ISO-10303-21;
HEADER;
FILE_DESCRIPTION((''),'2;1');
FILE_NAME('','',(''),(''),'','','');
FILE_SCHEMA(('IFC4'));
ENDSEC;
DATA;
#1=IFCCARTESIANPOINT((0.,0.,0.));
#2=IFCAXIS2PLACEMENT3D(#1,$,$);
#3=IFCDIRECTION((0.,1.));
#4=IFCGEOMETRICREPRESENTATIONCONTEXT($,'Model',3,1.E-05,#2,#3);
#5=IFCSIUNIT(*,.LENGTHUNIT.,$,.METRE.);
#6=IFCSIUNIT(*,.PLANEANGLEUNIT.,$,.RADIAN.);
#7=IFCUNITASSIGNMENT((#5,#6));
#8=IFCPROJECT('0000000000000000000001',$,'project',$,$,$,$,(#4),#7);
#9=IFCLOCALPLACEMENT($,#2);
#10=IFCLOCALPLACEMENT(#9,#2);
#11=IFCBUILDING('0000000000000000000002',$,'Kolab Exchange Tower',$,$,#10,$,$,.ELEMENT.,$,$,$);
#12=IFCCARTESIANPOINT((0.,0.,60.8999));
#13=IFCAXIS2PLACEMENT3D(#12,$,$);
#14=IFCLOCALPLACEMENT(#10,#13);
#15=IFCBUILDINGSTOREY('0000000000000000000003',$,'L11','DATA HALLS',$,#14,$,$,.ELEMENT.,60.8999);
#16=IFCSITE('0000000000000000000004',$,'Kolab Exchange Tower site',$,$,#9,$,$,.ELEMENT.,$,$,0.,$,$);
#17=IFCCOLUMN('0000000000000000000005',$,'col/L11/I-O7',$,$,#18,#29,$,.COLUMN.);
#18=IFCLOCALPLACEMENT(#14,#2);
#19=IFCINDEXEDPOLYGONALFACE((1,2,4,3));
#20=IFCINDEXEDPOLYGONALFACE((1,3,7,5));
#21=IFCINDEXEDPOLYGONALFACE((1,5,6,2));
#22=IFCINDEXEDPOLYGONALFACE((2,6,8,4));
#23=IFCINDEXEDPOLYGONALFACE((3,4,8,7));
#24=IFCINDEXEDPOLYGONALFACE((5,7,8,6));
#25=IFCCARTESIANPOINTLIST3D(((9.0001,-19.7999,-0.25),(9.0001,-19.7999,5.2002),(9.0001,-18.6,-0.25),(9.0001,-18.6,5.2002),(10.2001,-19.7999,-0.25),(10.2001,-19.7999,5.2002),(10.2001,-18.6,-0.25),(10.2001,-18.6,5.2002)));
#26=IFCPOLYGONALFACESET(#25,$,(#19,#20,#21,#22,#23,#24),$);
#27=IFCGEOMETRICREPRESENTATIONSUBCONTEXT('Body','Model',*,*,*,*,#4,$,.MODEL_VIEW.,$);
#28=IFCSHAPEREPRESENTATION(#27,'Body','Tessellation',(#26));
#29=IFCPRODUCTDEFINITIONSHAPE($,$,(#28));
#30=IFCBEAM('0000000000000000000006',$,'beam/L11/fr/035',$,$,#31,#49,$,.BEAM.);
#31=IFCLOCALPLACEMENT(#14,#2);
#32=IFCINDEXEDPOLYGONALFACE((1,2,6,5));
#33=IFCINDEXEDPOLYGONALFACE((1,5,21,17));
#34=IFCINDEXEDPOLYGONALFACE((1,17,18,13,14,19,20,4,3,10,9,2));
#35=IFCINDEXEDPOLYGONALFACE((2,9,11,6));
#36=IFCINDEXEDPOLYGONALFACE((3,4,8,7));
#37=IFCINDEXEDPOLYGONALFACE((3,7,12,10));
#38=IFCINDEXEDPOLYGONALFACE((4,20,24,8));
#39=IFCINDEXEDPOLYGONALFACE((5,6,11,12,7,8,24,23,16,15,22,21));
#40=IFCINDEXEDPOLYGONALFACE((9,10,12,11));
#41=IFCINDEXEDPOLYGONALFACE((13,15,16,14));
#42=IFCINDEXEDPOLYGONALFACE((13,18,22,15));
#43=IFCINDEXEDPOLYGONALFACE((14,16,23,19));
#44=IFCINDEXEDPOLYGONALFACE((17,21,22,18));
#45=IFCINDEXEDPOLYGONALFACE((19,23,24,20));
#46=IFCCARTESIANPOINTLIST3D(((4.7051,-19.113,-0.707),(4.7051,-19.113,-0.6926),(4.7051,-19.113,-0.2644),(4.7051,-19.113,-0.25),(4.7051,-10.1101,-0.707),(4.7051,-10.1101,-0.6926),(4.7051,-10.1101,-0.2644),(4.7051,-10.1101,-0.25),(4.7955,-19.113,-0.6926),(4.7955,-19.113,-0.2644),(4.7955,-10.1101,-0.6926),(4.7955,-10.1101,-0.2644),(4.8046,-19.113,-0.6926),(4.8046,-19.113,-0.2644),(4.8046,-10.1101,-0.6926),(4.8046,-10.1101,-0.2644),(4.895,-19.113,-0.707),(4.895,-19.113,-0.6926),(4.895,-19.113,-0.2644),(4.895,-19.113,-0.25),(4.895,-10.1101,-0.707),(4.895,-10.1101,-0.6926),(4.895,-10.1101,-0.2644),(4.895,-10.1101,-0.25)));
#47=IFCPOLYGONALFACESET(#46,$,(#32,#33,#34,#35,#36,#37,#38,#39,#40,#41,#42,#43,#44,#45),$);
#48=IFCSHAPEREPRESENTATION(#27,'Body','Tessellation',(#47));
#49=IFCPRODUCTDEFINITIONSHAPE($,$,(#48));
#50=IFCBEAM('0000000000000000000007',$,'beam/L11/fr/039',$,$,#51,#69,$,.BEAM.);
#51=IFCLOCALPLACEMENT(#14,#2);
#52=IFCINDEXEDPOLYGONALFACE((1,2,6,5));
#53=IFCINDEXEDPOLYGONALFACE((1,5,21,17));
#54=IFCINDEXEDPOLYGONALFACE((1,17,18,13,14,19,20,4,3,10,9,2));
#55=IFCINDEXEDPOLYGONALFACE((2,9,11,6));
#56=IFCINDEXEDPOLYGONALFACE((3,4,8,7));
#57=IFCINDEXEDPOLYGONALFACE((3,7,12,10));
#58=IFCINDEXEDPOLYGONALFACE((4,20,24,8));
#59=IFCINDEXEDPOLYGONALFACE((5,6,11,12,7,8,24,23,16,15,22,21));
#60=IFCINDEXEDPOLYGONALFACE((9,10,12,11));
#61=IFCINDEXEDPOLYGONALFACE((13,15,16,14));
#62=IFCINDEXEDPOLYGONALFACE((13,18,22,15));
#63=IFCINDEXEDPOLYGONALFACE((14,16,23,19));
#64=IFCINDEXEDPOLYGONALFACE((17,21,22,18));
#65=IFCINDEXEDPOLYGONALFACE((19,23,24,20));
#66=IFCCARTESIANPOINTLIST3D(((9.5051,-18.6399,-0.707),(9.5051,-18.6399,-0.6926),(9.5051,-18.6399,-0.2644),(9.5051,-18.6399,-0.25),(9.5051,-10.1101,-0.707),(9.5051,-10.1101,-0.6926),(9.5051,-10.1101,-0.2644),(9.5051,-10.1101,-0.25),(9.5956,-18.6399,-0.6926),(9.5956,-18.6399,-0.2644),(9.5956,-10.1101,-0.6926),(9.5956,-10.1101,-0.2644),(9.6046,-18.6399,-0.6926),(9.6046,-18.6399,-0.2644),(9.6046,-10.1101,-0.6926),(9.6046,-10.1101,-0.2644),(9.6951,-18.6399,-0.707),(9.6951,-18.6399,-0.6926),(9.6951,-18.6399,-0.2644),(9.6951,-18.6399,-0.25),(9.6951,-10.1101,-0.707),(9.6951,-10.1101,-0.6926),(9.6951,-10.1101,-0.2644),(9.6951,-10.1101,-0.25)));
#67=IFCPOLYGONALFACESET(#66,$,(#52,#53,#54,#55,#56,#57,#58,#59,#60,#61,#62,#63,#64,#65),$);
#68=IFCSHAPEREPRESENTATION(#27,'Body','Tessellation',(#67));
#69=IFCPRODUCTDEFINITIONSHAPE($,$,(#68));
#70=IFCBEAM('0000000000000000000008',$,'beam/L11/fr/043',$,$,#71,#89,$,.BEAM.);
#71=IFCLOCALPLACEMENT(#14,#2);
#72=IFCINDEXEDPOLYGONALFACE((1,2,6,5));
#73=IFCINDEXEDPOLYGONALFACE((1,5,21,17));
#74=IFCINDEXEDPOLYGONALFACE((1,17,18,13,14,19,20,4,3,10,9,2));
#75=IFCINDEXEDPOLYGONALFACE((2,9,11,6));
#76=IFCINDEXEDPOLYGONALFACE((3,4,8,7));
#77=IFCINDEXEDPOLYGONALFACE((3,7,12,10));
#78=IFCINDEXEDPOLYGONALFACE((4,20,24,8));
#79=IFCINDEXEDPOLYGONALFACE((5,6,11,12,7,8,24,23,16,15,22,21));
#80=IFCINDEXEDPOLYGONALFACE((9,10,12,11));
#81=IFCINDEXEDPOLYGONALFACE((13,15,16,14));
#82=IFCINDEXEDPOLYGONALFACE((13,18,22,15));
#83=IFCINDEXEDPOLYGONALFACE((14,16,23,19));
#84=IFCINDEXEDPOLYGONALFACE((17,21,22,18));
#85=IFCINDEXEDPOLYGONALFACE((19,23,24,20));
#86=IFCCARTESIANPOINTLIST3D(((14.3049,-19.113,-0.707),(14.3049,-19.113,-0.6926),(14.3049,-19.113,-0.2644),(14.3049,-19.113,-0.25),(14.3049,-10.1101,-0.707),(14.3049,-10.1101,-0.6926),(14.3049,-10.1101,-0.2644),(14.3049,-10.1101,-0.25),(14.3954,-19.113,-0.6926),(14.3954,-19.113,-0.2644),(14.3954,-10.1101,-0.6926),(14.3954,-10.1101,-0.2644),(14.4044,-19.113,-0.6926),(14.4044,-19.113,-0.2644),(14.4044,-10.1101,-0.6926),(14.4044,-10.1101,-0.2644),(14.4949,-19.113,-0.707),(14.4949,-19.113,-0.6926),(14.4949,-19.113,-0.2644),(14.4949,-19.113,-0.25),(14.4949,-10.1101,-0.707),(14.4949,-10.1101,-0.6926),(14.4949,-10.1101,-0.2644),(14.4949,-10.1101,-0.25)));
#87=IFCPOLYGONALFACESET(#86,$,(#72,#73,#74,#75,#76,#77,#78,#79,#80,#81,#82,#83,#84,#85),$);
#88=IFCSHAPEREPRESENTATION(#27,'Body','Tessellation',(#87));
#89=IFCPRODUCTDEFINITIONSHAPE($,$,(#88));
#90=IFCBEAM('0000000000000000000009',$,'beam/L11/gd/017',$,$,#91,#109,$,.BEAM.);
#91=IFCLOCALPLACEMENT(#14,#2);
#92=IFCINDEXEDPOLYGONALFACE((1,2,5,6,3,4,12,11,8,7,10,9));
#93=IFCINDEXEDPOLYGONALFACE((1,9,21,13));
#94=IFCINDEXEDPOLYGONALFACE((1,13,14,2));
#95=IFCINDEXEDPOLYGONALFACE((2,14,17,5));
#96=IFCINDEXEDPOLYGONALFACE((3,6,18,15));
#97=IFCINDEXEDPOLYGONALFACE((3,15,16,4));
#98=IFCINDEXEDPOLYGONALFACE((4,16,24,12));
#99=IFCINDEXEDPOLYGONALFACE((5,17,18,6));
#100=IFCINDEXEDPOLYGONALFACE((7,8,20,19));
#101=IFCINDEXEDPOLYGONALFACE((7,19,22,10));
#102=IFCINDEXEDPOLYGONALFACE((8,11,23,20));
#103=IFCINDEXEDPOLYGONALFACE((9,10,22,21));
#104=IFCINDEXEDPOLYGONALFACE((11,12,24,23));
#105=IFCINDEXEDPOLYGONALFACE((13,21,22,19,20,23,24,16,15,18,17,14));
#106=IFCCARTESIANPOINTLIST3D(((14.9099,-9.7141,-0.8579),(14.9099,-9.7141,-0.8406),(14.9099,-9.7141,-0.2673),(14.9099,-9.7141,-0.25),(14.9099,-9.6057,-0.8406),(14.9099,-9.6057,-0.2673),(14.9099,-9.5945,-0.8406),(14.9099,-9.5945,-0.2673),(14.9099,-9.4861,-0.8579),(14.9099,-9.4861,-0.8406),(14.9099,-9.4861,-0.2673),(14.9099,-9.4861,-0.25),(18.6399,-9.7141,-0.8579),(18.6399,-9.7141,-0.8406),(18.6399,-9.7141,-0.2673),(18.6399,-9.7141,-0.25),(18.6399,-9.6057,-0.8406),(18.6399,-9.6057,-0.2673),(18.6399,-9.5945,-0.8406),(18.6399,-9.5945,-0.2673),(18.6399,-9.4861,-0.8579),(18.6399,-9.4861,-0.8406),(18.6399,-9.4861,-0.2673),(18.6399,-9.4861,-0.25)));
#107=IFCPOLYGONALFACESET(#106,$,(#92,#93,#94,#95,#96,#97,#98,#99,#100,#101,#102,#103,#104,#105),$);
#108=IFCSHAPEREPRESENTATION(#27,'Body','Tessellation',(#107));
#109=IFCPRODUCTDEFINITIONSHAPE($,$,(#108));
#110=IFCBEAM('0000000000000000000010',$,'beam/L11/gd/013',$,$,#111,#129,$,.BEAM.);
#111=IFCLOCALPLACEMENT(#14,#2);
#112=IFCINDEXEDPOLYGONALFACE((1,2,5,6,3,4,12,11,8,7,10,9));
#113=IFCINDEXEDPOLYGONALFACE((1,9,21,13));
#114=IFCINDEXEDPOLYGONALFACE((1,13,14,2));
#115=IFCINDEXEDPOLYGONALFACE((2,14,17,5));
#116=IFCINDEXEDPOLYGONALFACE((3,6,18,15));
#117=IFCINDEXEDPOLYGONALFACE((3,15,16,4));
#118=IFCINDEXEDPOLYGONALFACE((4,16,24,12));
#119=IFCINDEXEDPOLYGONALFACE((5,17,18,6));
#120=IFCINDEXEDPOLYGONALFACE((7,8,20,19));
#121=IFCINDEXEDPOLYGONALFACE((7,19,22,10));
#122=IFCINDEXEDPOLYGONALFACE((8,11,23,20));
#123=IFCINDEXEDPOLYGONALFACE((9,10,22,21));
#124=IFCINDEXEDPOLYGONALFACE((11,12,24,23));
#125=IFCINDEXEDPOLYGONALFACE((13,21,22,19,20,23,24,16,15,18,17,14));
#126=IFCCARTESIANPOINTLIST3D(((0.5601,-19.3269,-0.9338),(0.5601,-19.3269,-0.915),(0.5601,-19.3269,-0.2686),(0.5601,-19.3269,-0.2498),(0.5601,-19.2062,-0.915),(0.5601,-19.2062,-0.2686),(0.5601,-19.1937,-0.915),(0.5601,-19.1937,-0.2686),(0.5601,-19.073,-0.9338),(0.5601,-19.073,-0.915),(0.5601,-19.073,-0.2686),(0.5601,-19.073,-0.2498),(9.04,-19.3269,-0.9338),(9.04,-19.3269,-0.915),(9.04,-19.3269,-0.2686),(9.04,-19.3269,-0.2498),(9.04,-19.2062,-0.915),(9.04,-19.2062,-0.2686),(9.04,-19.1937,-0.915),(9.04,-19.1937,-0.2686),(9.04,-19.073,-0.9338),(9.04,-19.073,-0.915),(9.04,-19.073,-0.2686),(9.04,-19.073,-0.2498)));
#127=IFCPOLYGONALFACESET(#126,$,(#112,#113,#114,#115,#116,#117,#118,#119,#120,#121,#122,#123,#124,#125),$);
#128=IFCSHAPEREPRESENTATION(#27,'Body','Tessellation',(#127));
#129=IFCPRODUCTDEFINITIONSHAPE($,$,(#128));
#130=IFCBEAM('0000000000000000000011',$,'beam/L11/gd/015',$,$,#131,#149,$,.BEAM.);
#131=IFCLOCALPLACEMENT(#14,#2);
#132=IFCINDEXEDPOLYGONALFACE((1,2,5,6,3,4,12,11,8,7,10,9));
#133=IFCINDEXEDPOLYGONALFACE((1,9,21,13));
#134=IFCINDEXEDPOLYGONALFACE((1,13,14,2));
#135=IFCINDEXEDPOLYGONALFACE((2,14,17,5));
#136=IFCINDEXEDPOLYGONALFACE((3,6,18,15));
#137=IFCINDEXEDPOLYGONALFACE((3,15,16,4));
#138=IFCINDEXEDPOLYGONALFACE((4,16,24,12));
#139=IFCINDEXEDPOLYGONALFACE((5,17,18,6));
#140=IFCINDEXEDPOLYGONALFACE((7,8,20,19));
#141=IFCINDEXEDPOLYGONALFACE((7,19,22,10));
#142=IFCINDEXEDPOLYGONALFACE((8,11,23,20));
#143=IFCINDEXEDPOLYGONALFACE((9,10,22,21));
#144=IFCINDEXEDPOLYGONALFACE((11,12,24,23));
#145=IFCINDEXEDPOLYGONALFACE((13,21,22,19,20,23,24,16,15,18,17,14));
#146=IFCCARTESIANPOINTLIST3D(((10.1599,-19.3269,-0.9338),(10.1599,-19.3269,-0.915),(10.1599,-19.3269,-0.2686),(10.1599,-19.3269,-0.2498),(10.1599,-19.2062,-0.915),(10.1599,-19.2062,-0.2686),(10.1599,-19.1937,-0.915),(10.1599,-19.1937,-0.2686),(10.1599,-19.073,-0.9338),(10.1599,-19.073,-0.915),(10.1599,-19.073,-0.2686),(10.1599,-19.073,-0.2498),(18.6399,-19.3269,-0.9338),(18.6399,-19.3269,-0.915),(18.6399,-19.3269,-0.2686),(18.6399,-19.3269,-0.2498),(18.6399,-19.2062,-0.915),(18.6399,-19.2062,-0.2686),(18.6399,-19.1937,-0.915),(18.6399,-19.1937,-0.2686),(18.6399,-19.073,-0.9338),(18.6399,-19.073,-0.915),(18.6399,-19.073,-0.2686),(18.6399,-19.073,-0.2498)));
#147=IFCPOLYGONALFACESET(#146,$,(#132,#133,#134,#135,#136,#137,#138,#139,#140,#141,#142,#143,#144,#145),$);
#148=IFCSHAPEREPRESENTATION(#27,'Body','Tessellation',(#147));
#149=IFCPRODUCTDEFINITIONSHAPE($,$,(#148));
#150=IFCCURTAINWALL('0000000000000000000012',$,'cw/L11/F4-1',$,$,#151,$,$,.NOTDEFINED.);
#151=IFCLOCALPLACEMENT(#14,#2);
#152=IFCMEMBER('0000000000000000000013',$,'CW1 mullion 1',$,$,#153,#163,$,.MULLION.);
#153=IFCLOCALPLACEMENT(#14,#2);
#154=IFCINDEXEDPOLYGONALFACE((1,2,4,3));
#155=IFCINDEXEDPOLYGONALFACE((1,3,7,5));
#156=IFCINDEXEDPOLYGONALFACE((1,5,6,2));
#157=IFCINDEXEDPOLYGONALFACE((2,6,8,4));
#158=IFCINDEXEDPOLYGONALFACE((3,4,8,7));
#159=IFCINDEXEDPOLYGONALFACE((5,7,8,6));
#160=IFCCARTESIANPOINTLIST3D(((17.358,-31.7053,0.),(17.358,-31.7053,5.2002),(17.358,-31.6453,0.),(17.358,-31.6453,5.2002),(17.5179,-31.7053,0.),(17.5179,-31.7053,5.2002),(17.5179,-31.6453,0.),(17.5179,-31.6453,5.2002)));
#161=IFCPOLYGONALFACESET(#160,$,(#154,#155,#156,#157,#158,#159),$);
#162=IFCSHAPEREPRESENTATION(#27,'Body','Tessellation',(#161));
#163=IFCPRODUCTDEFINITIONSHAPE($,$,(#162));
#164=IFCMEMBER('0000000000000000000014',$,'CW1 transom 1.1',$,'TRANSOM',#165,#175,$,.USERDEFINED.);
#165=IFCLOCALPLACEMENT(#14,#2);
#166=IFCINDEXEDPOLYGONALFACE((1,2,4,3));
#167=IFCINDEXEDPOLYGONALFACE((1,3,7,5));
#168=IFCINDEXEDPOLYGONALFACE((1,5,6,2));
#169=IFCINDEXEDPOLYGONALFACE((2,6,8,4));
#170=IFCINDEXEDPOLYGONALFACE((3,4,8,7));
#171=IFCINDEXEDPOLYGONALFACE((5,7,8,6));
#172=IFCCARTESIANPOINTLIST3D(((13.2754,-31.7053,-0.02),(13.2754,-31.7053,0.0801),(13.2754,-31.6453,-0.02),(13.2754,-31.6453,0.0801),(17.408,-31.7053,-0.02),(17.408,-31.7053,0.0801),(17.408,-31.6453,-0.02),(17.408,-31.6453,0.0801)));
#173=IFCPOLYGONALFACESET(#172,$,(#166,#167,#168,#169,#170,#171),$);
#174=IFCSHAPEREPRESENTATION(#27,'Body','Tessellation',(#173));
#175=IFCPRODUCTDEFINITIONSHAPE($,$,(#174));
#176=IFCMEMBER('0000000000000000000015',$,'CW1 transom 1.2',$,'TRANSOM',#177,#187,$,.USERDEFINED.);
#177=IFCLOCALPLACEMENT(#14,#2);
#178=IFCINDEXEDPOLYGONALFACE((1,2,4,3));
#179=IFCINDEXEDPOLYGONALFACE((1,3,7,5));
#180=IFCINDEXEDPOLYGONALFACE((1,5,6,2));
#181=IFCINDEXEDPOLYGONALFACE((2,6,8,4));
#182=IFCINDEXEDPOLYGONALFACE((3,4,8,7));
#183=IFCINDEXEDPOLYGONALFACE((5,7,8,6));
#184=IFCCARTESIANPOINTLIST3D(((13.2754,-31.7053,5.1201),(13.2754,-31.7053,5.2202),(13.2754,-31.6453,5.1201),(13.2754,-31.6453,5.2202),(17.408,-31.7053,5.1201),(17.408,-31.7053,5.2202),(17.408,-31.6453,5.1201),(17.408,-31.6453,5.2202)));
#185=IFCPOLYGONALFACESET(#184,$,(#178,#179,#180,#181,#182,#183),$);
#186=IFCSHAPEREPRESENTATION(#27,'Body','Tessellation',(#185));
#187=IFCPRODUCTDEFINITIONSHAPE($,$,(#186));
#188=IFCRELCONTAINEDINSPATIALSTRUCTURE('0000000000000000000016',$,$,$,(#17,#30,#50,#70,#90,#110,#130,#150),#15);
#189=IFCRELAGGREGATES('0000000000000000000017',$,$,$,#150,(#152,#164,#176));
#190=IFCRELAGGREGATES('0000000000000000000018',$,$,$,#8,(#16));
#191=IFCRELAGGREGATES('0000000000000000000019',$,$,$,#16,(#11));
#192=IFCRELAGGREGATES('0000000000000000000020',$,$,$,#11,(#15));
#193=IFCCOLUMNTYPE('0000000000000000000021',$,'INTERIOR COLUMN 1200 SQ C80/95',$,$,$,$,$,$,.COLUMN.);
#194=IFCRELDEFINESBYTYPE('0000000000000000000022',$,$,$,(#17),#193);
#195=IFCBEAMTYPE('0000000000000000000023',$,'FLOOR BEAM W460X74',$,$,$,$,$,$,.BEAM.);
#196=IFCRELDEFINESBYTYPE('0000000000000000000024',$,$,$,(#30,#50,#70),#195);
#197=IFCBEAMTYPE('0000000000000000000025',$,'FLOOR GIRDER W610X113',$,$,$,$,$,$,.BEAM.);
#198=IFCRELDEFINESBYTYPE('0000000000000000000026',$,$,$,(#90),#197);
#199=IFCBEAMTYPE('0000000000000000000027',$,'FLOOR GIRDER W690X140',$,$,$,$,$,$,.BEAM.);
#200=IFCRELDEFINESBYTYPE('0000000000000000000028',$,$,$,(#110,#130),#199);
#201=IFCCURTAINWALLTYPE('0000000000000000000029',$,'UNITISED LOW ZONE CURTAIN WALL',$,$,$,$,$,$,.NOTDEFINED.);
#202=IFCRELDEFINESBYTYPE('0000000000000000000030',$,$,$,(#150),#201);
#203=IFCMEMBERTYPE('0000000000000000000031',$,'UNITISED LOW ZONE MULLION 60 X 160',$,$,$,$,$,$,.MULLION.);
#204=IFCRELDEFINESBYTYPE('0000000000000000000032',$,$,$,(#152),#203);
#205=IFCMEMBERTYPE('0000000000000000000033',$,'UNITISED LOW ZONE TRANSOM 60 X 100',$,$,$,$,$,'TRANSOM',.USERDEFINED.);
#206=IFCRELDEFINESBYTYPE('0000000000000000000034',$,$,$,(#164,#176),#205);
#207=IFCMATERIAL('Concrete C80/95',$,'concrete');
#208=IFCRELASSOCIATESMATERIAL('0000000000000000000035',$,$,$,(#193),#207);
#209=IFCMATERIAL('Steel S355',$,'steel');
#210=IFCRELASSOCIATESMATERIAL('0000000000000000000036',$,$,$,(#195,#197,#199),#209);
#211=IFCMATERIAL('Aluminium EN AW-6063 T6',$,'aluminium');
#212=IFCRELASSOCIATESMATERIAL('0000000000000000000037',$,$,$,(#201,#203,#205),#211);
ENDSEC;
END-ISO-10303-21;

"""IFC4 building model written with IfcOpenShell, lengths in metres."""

from ifc_helpers import new_model, si_unit, direction, frame, origin, origin_2d, place, context, subcontext, project, spatial, rectangle, i_section, extrude, material, material_profile, profile_set, type_object, element, aggregate, save


model = new_model("IFC4")

# Units and contexts
model_context = context("Model", 3, precision=1e-05, world=origin(), true_north=direction((0.0, 1.0)))
body_context = subcontext(model_context, "Body", "Model", "MODEL_VIEW")
ifc_project = project(units=[si_unit("LENGTHUNIT", "METRE"), si_unit("PLANEANGLEUNIT", "RADIAN")], contexts=[model_context])

# Site, building, storey
site_placement = place(None, origin())
site = spatial("IfcSite", under=ifc_project, at=site_placement, Name="Kolab Exchange Tower site", CompositionType="ELEMENT", RefElevation=0.0)
building_placement = place(site_placement, origin())
building = spatial("IfcBuilding", under=site, at=building_placement, Name="Kolab Exchange Tower", CompositionType="ELEMENT")
storey_placement = place(building_placement, frame((0.0, 0.0, 60.8999)))
storey = spatial("IfcBuildingStorey", under=building, at=storey_placement, Name="L11", Description="DATA HALLS", CompositionType="ELEMENT", Elevation=60.8999)

# Column
ifc_material_1 = material(Name="Concrete C80/95", Category="concrete")
ifc_material_profile_1 = material_profile(ifc_material_1, rectangle(XDim=1.2, YDim=1.2, at=origin_2d()), Name="RC1200")
ifc_profile_set_1 = profile_set([ifc_material_profile_1], Name="Concrete C80/95")
column_type = type_object("IfcColumnType", Name="INTERIOR COLUMN 1200 SQ C80/95", PredefinedType="COLUMN", material=ifc_profile_set_1)
column_placement = place(storey_placement, frame((9.6001, -19.2, -0.25), z_axis=(0.0, 0.0, 1.0), x_axis=(1.0, 0.0, 0.0)))
element("IfcColumn", 1, at=column_placement, inside=storey, type_object=column_type, Name="col/L11/I-O7", PredefinedType="COLUMN", context=body_context, shape_type="SweptSolid", body=[
    extrude(rectangle(XDim=1.2, YDim=1.2, at=origin_2d()), origin(), (0.0, 0.0, 1.0), 5.4502),
])

# Beams
ifc_material_2 = material(Name="Steel S355", Category="steel")
ifc_material_profile_2 = material_profile(ifc_material_2, i_section(OverallWidth=0.1899, OverallDepth=0.457, WebThickness=0.009, FlangeThickness=0.0144, at=origin_2d()), Name="W460X74")
ifc_profile_set_2 = profile_set([ifc_material_profile_2], Name="Steel S355")
beam_type_1 = type_object("IfcBeamType", Name="FLOOR BEAM W460X74", PredefinedType="BEAM", material=ifc_profile_set_2)
beam_1_placement = place(storey_placement, frame((4.8, -19.113, -0.4785), z_axis=(0.0, 1.0, 0.0), x_axis=(-1.0, 0.0, 0.0)))
element("IfcBeam", 2, at=beam_1_placement, inside=storey, type_object=beam_type_1, Name="beam/L11/fr/035", PredefinedType="BEAM", context=body_context, shape_type="SweptSolid", body=[
    extrude(i_section(OverallWidth=0.1899, OverallDepth=0.457, WebThickness=0.009, FlangeThickness=0.0144, at=origin_2d()), origin(), (0.0, 0.0, 1.0), 9.0029),
])
beam_2_placement = place(storey_placement, frame((9.6001, -18.6399, -0.4785), z_axis=(0.0, 1.0, 0.0), x_axis=(-1.0, 0.0, 0.0)))
element("IfcBeam", 3, at=beam_2_placement, inside=storey, type_object=beam_type_1, Name="beam/L11/fr/039", PredefinedType="BEAM", context=body_context, shape_type="SweptSolid", body=[
    extrude(i_section(OverallWidth=0.1899, OverallDepth=0.457, WebThickness=0.009, FlangeThickness=0.0144, at=origin_2d()), origin(), (0.0, 0.0, 1.0), 8.5298),
])
beam_3_placement = place(storey_placement, frame((14.3999, -19.113, -0.4785), z_axis=(0.0, 1.0, 0.0), x_axis=(-1.0, 0.0, 0.0)))
element("IfcBeam", 4, at=beam_3_placement, inside=storey, type_object=beam_type_1, Name="beam/L11/fr/043", PredefinedType="BEAM", context=body_context, shape_type="SweptSolid", body=[
    extrude(i_section(OverallWidth=0.1899, OverallDepth=0.457, WebThickness=0.009, FlangeThickness=0.0144, at=origin_2d()), origin(), (0.0, 0.0, 1.0), 9.0029),
])
ifc_material_profile_3 = material_profile(ifc_material_2, i_section(OverallWidth=0.228, OverallDepth=0.6079, WebThickness=0.0112, FlangeThickness=0.0173, at=origin_2d()), Name="W610X113")
ifc_profile_set_3 = profile_set([ifc_material_profile_3], Name="Steel S355")
beam_type_2 = type_object("IfcBeamType", Name="FLOOR GIRDER W610X113", PredefinedType="BEAM", material=ifc_profile_set_3)
beam_4_placement = place(storey_placement, frame((14.9099, -9.6001, -0.554), z_axis=(1.0, 0.0, 0.0), x_axis=(0.0, 1.0, 0.0)))
element("IfcBeam", 5, at=beam_4_placement, inside=storey, type_object=beam_type_2, Name="beam/L11/gd/017", PredefinedType="BEAM", context=body_context, shape_type="SweptSolid", body=[
    extrude(i_section(OverallWidth=0.228, OverallDepth=0.6079, WebThickness=0.0112, FlangeThickness=0.0173, at=origin_2d()), origin(), (0.0, 0.0, 1.0), 3.73),
])
ifc_material_profile_4 = material_profile(ifc_material_2, i_section(OverallWidth=0.2539, OverallDepth=0.6841, WebThickness=0.0125, FlangeThickness=0.0188, at=origin_2d()), Name="W690X140")
ifc_profile_set_4 = profile_set([ifc_material_profile_4], Name="Steel S355")
beam_type_3 = type_object("IfcBeamType", Name="FLOOR GIRDER W690X140", PredefinedType="BEAM", material=ifc_profile_set_4)
for number, where, z_axis, x_axis, name in (
    (6, (0.5601, -19.2, -0.5918), (1.0, 0.0, 0.0), (0.0, 1.0, 0.0), "beam/L11/gd/013"),
    (7, (10.1599, -19.2, -0.5918), (1.0, 0.0, 0.0), (0.0, 1.0, 0.0), "beam/L11/gd/015"),
):
    element("IfcBeam", number, at=place(storey_placement, frame(where, z_axis=z_axis, x_axis=x_axis)), inside=storey, type_object=beam_type_3, Name=name, PredefinedType="BEAM", context=body_context, shape_type="SweptSolid", body=[
        extrude(i_section(OverallWidth=0.2539, OverallDepth=0.6841, WebThickness=0.0125, FlangeThickness=0.0188, at=origin_2d()), origin(), (0.0, 0.0, 1.0), 8.48),
    ])

# Curtain wall, members
ifc_material_3 = material(Name="Aluminium EN AW-6063 T6", Category="aluminium")
curtain_wall_type = type_object("IfcCurtainWallType", Name="UNITISED LOW ZONE CURTAIN WALL", PredefinedType="NOTDEFINED", material=ifc_material_3)
curtain_wall_placement = place(storey_placement, origin())
curtain_wall = element("IfcCurtainWall", 8, at=curtain_wall_placement, inside=storey, type_object=curtain_wall_type, Name="cw/L11/F4-1", PredefinedType="NOTDEFINED")
ifc_material_profile_5 = material_profile(ifc_material_3, rectangle(XDim=0.0601, YDim=0.1599, at=origin_2d()), Name="RECT 60X160")
ifc_profile_set_5 = profile_set([ifc_material_profile_5], Name="Aluminium EN AW-6063 T6")
member_type_1 = type_object("IfcMemberType", Name="UNITISED LOW ZONE MULLION 60 X 160", PredefinedType="MULLION", material=ifc_profile_set_5)
member_1_placement = place(storey_placement, frame((17.438, -31.6753, 0.0), z_axis=(0.0, 0.0, 1.0), x_axis=(0.0, -1.0, 0.0)))
member_1 = element("IfcMember", 9, at=member_1_placement, type_object=member_type_1, Name="CW1 mullion 1", PredefinedType="MULLION", context=body_context, shape_type="SweptSolid", body=[
    extrude(rectangle(XDim=0.0601, YDim=0.1599, at=origin_2d()), origin(), (0.0, 0.0, 1.0), 5.2002),
])
ifc_material_profile_6 = material_profile(ifc_material_3, rectangle(XDim=0.0601, YDim=0.1001, at=origin_2d()), Name="RECT 60X100")
ifc_profile_set_6 = profile_set([ifc_material_profile_6], Name="Aluminium EN AW-6063 T6")
member_type_2 = type_object("IfcMemberType", Name="UNITISED LOW ZONE TRANSOM 60 X 100", ElementType="TRANSOM", PredefinedType="USERDEFINED", material=ifc_profile_set_6)
member_2_placement = place(storey_placement, frame((17.408, -31.6753, 0.03), z_axis=(-1.0, 0.0, 0.0), x_axis=(0.0, -1.0, 0.0)))
member_2 = element("IfcMember", 10, at=member_2_placement, type_object=member_type_2, Name="CW1 transom 1.1", ObjectType="TRANSOM", PredefinedType="USERDEFINED", context=body_context, shape_type="SweptSolid", body=[
    extrude(rectangle(XDim=0.0601, YDim=0.1001, at=origin_2d()), origin(), (0.0, 0.0, 1.0), 4.1326),
])
member_3_placement = place(storey_placement, frame((17.408, -31.6753, 5.1702), z_axis=(-1.0, 0.0, 0.0), x_axis=(0.0, -1.0, 0.0)))
member_3 = element("IfcMember", 11, at=member_3_placement, type_object=member_type_2, Name="CW1 transom 1.2", ObjectType="TRANSOM", PredefinedType="USERDEFINED", context=body_context, shape_type="SweptSolid", body=[
    extrude(rectangle(XDim=0.0601, YDim=0.1001, at=origin_2d()), origin(), (0.0, 0.0, 1.0), 4.1326),
])
aggregate(curtain_wall, [member_1, member_2, member_3])

save(model, "model.ifc")
